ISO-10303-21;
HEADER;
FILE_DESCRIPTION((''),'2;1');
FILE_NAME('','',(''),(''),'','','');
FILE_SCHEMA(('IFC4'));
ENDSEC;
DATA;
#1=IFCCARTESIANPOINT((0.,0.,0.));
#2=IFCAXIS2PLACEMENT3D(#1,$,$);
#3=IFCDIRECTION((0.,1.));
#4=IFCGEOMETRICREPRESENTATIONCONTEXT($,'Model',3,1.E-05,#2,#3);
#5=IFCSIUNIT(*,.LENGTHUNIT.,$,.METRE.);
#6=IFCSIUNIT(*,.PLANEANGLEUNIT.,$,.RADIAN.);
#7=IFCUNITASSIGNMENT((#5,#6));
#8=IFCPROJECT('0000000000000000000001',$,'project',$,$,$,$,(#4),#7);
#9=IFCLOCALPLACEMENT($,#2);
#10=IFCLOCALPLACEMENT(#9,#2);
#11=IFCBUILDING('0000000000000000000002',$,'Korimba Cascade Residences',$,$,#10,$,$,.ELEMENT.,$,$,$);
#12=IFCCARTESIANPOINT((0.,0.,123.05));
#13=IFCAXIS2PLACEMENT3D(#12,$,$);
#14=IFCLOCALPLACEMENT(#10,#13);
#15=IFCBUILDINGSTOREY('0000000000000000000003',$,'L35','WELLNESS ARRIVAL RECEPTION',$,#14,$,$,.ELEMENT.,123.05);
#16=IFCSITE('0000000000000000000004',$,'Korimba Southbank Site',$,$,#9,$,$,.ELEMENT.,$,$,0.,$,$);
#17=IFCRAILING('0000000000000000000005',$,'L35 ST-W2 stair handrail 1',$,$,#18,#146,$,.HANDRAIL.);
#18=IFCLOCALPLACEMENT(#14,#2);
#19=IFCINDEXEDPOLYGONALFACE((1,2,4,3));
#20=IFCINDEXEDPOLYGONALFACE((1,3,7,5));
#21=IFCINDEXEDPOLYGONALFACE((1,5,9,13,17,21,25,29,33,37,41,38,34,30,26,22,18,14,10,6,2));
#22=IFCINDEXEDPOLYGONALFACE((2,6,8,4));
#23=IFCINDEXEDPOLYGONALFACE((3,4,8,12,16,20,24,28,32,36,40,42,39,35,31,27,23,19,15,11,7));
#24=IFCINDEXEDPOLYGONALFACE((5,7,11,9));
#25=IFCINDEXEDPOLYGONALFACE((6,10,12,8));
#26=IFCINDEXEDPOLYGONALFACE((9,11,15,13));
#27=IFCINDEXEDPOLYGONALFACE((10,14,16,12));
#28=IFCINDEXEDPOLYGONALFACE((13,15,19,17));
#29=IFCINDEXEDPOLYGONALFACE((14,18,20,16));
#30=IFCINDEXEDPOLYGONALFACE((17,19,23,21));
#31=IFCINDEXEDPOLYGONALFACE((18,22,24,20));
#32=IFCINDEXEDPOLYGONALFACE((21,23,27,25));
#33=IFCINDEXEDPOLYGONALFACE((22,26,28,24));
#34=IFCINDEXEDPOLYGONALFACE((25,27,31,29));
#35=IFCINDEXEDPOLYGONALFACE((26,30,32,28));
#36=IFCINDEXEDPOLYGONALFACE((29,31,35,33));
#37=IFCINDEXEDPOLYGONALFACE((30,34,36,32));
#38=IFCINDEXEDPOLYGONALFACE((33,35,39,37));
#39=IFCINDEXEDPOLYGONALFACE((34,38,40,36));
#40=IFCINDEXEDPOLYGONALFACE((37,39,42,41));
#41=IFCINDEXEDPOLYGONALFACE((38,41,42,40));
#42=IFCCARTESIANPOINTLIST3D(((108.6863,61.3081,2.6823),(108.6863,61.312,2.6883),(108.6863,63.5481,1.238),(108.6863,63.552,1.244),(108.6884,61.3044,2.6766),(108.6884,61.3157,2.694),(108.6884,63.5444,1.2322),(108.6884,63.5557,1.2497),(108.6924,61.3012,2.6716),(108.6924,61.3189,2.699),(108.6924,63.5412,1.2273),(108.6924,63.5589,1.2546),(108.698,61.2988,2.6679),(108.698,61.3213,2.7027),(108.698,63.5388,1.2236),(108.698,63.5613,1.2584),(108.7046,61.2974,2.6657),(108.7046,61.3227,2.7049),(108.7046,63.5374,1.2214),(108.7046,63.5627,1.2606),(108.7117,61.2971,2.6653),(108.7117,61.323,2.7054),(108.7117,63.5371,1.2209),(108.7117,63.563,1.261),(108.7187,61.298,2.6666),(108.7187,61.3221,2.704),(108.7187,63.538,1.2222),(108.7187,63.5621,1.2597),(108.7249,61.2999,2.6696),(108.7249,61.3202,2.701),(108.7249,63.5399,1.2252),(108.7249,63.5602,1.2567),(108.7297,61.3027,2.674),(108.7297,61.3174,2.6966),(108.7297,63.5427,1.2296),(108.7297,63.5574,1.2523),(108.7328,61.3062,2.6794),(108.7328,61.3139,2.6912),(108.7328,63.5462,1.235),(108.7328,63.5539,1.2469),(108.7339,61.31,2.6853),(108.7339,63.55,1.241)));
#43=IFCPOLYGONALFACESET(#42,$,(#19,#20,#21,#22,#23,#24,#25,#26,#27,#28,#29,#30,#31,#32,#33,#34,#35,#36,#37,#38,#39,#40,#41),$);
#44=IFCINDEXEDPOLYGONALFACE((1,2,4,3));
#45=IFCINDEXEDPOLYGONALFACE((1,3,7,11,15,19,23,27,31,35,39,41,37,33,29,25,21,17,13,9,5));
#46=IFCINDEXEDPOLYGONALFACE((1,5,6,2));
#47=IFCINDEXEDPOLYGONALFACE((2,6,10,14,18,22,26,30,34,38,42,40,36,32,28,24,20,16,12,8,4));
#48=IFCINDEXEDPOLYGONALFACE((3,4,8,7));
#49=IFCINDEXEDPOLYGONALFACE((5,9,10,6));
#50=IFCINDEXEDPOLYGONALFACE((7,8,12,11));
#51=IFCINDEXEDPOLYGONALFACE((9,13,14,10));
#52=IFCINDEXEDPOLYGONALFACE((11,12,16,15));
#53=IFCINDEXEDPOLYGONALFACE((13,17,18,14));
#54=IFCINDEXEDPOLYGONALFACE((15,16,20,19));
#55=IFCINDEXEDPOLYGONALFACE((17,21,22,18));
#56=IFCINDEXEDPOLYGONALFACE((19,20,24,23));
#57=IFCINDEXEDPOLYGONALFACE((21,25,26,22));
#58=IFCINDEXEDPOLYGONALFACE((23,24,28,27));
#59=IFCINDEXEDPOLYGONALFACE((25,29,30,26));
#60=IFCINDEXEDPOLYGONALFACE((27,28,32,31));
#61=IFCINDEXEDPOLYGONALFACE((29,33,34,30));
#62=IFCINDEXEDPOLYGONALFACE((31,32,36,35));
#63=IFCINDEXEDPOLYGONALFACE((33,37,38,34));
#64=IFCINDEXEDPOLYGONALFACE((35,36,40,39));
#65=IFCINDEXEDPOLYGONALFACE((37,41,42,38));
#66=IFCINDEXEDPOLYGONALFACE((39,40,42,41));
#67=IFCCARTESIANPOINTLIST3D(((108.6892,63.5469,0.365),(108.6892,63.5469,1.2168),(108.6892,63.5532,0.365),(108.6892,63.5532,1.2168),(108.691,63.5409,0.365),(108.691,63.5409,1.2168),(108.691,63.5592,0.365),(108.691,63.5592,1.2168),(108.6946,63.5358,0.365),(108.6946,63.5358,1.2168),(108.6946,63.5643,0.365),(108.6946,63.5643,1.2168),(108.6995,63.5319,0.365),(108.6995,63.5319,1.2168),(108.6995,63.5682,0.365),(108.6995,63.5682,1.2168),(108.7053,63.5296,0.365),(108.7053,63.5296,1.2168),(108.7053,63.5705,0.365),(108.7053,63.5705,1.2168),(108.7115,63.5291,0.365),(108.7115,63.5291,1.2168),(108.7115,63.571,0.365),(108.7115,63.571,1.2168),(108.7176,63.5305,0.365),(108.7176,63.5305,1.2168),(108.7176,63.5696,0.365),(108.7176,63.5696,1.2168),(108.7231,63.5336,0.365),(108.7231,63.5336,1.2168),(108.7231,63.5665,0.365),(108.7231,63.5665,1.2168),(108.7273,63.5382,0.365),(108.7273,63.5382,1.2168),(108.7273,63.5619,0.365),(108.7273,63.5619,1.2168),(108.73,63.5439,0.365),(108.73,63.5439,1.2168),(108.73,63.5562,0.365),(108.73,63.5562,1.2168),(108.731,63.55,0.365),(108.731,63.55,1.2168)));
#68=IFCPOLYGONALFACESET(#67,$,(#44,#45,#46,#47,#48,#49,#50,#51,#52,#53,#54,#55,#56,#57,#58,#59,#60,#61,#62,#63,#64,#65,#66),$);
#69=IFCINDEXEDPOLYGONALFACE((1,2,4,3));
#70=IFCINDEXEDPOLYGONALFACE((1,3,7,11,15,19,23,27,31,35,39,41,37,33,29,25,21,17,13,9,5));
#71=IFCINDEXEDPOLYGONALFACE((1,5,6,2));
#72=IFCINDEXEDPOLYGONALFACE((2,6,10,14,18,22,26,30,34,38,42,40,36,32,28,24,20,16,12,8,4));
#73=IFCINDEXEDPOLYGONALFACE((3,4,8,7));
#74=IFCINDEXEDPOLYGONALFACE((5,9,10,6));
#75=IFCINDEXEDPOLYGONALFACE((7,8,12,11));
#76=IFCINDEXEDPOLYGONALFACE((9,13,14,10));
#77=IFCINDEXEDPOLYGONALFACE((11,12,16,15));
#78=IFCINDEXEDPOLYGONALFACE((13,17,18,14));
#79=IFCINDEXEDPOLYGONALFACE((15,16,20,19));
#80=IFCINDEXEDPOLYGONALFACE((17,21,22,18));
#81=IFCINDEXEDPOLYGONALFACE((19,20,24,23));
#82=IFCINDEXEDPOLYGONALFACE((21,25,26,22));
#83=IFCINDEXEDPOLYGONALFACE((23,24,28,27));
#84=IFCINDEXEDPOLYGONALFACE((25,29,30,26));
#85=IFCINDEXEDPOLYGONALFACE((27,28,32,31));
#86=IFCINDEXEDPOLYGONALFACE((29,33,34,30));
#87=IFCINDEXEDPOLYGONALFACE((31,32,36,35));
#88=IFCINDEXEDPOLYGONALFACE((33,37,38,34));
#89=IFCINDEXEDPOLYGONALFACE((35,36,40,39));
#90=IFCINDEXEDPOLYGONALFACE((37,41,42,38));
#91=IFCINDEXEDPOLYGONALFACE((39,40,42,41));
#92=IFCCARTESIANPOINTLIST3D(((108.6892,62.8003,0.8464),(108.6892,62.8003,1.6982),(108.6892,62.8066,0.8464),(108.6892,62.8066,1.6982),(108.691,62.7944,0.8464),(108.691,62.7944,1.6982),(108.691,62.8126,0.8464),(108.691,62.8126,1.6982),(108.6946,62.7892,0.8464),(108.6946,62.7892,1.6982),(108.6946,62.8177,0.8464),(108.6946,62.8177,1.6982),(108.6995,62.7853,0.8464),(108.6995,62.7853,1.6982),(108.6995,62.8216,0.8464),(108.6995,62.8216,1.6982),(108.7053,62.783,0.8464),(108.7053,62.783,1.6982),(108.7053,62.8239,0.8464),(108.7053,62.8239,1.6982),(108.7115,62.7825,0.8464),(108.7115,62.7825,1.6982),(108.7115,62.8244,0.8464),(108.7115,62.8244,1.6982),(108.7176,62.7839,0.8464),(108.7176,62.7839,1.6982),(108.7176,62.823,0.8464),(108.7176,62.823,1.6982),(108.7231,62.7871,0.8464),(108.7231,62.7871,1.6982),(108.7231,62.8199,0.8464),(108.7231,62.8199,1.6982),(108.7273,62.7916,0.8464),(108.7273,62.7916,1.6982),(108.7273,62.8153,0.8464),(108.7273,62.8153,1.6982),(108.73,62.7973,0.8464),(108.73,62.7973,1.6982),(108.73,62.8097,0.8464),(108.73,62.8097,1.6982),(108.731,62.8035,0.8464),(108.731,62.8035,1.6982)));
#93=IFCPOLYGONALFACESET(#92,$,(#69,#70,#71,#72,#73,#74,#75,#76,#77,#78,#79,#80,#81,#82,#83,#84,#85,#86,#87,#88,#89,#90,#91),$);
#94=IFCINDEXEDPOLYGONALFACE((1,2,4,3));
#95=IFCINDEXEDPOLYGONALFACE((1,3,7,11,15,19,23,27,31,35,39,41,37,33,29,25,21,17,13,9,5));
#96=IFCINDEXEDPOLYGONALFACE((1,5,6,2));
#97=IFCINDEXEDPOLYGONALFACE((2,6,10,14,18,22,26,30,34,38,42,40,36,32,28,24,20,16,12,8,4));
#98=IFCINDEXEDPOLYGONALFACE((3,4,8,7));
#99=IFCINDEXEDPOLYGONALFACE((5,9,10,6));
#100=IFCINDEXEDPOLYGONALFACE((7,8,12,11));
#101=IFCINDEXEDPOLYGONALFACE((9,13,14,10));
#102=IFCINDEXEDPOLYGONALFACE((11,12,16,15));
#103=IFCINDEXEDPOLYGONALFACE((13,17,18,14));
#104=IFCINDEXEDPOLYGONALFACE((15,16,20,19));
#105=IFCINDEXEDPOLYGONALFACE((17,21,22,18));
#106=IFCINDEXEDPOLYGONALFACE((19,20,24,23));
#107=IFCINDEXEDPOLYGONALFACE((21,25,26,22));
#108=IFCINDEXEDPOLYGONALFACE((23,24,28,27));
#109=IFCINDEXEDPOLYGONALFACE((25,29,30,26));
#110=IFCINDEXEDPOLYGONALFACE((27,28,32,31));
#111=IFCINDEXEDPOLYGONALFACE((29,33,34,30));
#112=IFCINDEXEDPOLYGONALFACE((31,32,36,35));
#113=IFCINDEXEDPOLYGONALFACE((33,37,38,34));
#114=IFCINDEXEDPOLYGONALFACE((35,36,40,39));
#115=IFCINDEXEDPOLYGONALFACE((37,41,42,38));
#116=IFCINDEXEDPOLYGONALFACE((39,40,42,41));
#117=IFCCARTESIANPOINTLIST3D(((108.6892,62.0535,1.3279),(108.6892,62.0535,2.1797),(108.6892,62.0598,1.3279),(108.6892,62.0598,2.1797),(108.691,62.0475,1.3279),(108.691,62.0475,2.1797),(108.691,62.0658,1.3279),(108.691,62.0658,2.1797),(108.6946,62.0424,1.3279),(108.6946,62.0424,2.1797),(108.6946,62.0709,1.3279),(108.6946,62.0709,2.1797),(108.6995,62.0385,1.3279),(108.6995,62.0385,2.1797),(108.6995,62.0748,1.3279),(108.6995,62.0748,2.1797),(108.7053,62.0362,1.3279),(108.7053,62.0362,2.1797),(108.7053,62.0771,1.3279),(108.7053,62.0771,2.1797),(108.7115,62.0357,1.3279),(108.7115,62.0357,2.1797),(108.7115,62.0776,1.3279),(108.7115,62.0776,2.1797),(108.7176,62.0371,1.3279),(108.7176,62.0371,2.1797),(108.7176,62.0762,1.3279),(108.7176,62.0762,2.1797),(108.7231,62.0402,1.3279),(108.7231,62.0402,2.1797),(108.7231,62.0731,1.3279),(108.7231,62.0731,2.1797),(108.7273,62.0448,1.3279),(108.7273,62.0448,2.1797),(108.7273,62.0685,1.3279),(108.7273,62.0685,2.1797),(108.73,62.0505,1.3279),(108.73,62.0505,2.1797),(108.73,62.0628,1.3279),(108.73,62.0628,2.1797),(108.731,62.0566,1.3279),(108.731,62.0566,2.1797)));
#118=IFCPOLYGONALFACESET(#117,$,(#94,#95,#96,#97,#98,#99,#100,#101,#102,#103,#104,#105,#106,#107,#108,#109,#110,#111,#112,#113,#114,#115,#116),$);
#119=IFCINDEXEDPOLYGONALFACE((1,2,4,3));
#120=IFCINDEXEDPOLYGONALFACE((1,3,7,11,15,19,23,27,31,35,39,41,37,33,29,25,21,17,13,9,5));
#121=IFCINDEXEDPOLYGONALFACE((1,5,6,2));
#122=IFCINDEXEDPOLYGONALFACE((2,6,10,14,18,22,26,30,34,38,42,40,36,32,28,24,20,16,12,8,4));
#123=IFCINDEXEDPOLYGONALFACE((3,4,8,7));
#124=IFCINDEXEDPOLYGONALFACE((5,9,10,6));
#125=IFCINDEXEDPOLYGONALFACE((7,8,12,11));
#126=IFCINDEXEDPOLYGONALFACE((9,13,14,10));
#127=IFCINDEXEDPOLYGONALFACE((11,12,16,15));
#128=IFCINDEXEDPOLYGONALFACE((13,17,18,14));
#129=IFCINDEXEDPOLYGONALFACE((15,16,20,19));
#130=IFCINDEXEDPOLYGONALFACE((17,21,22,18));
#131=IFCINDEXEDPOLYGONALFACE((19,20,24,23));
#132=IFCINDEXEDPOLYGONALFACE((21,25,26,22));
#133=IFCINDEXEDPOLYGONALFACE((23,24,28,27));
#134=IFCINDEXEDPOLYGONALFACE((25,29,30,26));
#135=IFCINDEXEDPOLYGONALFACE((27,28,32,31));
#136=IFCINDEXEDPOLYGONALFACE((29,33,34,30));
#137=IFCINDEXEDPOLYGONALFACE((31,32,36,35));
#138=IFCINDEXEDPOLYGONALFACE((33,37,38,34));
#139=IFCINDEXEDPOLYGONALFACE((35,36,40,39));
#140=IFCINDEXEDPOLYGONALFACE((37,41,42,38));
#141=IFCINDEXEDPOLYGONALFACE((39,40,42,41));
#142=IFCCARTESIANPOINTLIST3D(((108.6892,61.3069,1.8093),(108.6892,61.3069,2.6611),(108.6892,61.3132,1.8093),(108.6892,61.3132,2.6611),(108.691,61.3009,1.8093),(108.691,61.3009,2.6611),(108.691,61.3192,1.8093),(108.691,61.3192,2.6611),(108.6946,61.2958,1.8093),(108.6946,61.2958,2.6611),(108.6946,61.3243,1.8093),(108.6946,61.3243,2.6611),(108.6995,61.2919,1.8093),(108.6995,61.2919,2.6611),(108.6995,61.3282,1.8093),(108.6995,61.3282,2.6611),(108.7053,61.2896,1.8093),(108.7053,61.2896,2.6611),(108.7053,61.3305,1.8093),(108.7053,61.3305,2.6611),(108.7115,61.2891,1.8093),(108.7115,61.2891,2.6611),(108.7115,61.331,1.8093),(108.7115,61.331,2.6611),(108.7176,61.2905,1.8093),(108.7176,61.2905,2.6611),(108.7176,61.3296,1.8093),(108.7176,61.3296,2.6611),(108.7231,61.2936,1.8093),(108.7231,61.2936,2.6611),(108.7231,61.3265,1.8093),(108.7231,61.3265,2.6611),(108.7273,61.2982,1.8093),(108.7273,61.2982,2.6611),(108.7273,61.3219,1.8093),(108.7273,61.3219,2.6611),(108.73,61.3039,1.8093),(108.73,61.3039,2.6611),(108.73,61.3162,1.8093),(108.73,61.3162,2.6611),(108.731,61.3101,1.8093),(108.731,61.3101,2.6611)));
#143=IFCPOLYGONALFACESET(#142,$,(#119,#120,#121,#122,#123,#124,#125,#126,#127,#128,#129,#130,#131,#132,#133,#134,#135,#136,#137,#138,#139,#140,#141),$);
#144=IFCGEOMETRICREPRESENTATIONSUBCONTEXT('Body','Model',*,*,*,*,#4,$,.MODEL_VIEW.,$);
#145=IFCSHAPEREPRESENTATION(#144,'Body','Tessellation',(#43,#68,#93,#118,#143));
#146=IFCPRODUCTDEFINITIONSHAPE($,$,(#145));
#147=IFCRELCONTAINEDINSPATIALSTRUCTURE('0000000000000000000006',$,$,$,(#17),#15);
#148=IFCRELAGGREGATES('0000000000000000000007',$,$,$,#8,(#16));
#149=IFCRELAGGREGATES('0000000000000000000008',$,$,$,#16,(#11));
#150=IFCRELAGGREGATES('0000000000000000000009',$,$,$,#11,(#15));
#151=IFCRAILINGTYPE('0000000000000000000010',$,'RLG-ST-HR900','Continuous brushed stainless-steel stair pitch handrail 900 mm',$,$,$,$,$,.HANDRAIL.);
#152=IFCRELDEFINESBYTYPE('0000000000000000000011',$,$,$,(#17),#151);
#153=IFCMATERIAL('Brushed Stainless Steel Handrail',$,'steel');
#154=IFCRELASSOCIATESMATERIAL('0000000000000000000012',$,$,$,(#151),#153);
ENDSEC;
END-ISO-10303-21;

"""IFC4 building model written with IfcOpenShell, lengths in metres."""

from ifc_helpers import new_model, si_unit, direction, frame, origin, origin_2d, place, context, subcontext, project, spatial, circle, extrude, material, type_object, element, save


model = new_model("IFC4")

# Units and contexts
model_context = context("Model", 3, precision=1e-05, world=origin(), true_north=direction((0.0, 1.0)))
body_context = subcontext(model_context, "Body", "Model", "MODEL_VIEW")
ifc_project = project(units=[si_unit("LENGTHUNIT", "METRE"), si_unit("PLANEANGLEUNIT", "RADIAN")], contexts=[model_context])

# Site, building, storey
site_placement = place(None, origin())
site = spatial("IfcSite", under=ifc_project, at=site_placement, Name="Korimba Southbank Site", CompositionType="ELEMENT", RefElevation=0.0)
building_placement = place(site_placement, origin())
building = spatial("IfcBuilding", under=site, at=building_placement, Name="Korimba Cascade Residences", CompositionType="ELEMENT")
storey_placement = place(building_placement, frame((0.0, 0.0, 123.05)))
storey = spatial("IfcBuildingStorey", under=building, at=storey_placement, Name="L35", Description="WELLNESS ARRIVAL RECEPTION", CompositionType="ELEMENT", Elevation=123.05)

# Railing
ifc_material_1 = material(Name="Brushed Stainless Steel Handrail", Category="steel")
railing_type_1 = type_object("IfcRailingType", Name="RLG-ST-HR900", Description="Continuous brushed stainless-steel stair pitch handrail 900 mm", PredefinedType="HANDRAIL", material=ifc_material_1)
railing_1_placement = place(storey_placement, frame((108.71, 63.55, 0.365)))
element("IfcRailing", 1, at=railing_1_placement, inside=storey, type_object=railing_type_1, Name="L35 ST-W2 stair handrail 1", PredefinedType="HANDRAIL", context=body_context, shape_type="SweptSolid", body=[
    extrude(circle(Radius=0.0239, at=origin_2d()), frame((0.0, 0.0, 0.876), z_axis=(0.0, -0.840437, 0.54191), x_axis=(1.0, 0.0, 0.0)), (0.0, 0.0, 1.0), 2.6653),
    extrude(circle(Radius=0.021, at=origin_2d()), origin(), (0.0, 0.0, 1.0), 0.8518),
    extrude(circle(Radius=0.021, at=origin_2d()), frame((0.0, -0.7466, 0.4814)), (0.0, 0.0, 1.0), 0.8518),
    extrude(circle(Radius=0.021, at=origin_2d()), frame((0.0, -1.4934, 0.9629)), (0.0, 0.0, 1.0), 0.8518),
    extrude(circle(Radius=0.021, at=origin_2d()), frame((0.0, -2.24, 1.4443)), (0.0, 0.0, 1.0), 0.8518),
])

save(model, "model.ifc")
